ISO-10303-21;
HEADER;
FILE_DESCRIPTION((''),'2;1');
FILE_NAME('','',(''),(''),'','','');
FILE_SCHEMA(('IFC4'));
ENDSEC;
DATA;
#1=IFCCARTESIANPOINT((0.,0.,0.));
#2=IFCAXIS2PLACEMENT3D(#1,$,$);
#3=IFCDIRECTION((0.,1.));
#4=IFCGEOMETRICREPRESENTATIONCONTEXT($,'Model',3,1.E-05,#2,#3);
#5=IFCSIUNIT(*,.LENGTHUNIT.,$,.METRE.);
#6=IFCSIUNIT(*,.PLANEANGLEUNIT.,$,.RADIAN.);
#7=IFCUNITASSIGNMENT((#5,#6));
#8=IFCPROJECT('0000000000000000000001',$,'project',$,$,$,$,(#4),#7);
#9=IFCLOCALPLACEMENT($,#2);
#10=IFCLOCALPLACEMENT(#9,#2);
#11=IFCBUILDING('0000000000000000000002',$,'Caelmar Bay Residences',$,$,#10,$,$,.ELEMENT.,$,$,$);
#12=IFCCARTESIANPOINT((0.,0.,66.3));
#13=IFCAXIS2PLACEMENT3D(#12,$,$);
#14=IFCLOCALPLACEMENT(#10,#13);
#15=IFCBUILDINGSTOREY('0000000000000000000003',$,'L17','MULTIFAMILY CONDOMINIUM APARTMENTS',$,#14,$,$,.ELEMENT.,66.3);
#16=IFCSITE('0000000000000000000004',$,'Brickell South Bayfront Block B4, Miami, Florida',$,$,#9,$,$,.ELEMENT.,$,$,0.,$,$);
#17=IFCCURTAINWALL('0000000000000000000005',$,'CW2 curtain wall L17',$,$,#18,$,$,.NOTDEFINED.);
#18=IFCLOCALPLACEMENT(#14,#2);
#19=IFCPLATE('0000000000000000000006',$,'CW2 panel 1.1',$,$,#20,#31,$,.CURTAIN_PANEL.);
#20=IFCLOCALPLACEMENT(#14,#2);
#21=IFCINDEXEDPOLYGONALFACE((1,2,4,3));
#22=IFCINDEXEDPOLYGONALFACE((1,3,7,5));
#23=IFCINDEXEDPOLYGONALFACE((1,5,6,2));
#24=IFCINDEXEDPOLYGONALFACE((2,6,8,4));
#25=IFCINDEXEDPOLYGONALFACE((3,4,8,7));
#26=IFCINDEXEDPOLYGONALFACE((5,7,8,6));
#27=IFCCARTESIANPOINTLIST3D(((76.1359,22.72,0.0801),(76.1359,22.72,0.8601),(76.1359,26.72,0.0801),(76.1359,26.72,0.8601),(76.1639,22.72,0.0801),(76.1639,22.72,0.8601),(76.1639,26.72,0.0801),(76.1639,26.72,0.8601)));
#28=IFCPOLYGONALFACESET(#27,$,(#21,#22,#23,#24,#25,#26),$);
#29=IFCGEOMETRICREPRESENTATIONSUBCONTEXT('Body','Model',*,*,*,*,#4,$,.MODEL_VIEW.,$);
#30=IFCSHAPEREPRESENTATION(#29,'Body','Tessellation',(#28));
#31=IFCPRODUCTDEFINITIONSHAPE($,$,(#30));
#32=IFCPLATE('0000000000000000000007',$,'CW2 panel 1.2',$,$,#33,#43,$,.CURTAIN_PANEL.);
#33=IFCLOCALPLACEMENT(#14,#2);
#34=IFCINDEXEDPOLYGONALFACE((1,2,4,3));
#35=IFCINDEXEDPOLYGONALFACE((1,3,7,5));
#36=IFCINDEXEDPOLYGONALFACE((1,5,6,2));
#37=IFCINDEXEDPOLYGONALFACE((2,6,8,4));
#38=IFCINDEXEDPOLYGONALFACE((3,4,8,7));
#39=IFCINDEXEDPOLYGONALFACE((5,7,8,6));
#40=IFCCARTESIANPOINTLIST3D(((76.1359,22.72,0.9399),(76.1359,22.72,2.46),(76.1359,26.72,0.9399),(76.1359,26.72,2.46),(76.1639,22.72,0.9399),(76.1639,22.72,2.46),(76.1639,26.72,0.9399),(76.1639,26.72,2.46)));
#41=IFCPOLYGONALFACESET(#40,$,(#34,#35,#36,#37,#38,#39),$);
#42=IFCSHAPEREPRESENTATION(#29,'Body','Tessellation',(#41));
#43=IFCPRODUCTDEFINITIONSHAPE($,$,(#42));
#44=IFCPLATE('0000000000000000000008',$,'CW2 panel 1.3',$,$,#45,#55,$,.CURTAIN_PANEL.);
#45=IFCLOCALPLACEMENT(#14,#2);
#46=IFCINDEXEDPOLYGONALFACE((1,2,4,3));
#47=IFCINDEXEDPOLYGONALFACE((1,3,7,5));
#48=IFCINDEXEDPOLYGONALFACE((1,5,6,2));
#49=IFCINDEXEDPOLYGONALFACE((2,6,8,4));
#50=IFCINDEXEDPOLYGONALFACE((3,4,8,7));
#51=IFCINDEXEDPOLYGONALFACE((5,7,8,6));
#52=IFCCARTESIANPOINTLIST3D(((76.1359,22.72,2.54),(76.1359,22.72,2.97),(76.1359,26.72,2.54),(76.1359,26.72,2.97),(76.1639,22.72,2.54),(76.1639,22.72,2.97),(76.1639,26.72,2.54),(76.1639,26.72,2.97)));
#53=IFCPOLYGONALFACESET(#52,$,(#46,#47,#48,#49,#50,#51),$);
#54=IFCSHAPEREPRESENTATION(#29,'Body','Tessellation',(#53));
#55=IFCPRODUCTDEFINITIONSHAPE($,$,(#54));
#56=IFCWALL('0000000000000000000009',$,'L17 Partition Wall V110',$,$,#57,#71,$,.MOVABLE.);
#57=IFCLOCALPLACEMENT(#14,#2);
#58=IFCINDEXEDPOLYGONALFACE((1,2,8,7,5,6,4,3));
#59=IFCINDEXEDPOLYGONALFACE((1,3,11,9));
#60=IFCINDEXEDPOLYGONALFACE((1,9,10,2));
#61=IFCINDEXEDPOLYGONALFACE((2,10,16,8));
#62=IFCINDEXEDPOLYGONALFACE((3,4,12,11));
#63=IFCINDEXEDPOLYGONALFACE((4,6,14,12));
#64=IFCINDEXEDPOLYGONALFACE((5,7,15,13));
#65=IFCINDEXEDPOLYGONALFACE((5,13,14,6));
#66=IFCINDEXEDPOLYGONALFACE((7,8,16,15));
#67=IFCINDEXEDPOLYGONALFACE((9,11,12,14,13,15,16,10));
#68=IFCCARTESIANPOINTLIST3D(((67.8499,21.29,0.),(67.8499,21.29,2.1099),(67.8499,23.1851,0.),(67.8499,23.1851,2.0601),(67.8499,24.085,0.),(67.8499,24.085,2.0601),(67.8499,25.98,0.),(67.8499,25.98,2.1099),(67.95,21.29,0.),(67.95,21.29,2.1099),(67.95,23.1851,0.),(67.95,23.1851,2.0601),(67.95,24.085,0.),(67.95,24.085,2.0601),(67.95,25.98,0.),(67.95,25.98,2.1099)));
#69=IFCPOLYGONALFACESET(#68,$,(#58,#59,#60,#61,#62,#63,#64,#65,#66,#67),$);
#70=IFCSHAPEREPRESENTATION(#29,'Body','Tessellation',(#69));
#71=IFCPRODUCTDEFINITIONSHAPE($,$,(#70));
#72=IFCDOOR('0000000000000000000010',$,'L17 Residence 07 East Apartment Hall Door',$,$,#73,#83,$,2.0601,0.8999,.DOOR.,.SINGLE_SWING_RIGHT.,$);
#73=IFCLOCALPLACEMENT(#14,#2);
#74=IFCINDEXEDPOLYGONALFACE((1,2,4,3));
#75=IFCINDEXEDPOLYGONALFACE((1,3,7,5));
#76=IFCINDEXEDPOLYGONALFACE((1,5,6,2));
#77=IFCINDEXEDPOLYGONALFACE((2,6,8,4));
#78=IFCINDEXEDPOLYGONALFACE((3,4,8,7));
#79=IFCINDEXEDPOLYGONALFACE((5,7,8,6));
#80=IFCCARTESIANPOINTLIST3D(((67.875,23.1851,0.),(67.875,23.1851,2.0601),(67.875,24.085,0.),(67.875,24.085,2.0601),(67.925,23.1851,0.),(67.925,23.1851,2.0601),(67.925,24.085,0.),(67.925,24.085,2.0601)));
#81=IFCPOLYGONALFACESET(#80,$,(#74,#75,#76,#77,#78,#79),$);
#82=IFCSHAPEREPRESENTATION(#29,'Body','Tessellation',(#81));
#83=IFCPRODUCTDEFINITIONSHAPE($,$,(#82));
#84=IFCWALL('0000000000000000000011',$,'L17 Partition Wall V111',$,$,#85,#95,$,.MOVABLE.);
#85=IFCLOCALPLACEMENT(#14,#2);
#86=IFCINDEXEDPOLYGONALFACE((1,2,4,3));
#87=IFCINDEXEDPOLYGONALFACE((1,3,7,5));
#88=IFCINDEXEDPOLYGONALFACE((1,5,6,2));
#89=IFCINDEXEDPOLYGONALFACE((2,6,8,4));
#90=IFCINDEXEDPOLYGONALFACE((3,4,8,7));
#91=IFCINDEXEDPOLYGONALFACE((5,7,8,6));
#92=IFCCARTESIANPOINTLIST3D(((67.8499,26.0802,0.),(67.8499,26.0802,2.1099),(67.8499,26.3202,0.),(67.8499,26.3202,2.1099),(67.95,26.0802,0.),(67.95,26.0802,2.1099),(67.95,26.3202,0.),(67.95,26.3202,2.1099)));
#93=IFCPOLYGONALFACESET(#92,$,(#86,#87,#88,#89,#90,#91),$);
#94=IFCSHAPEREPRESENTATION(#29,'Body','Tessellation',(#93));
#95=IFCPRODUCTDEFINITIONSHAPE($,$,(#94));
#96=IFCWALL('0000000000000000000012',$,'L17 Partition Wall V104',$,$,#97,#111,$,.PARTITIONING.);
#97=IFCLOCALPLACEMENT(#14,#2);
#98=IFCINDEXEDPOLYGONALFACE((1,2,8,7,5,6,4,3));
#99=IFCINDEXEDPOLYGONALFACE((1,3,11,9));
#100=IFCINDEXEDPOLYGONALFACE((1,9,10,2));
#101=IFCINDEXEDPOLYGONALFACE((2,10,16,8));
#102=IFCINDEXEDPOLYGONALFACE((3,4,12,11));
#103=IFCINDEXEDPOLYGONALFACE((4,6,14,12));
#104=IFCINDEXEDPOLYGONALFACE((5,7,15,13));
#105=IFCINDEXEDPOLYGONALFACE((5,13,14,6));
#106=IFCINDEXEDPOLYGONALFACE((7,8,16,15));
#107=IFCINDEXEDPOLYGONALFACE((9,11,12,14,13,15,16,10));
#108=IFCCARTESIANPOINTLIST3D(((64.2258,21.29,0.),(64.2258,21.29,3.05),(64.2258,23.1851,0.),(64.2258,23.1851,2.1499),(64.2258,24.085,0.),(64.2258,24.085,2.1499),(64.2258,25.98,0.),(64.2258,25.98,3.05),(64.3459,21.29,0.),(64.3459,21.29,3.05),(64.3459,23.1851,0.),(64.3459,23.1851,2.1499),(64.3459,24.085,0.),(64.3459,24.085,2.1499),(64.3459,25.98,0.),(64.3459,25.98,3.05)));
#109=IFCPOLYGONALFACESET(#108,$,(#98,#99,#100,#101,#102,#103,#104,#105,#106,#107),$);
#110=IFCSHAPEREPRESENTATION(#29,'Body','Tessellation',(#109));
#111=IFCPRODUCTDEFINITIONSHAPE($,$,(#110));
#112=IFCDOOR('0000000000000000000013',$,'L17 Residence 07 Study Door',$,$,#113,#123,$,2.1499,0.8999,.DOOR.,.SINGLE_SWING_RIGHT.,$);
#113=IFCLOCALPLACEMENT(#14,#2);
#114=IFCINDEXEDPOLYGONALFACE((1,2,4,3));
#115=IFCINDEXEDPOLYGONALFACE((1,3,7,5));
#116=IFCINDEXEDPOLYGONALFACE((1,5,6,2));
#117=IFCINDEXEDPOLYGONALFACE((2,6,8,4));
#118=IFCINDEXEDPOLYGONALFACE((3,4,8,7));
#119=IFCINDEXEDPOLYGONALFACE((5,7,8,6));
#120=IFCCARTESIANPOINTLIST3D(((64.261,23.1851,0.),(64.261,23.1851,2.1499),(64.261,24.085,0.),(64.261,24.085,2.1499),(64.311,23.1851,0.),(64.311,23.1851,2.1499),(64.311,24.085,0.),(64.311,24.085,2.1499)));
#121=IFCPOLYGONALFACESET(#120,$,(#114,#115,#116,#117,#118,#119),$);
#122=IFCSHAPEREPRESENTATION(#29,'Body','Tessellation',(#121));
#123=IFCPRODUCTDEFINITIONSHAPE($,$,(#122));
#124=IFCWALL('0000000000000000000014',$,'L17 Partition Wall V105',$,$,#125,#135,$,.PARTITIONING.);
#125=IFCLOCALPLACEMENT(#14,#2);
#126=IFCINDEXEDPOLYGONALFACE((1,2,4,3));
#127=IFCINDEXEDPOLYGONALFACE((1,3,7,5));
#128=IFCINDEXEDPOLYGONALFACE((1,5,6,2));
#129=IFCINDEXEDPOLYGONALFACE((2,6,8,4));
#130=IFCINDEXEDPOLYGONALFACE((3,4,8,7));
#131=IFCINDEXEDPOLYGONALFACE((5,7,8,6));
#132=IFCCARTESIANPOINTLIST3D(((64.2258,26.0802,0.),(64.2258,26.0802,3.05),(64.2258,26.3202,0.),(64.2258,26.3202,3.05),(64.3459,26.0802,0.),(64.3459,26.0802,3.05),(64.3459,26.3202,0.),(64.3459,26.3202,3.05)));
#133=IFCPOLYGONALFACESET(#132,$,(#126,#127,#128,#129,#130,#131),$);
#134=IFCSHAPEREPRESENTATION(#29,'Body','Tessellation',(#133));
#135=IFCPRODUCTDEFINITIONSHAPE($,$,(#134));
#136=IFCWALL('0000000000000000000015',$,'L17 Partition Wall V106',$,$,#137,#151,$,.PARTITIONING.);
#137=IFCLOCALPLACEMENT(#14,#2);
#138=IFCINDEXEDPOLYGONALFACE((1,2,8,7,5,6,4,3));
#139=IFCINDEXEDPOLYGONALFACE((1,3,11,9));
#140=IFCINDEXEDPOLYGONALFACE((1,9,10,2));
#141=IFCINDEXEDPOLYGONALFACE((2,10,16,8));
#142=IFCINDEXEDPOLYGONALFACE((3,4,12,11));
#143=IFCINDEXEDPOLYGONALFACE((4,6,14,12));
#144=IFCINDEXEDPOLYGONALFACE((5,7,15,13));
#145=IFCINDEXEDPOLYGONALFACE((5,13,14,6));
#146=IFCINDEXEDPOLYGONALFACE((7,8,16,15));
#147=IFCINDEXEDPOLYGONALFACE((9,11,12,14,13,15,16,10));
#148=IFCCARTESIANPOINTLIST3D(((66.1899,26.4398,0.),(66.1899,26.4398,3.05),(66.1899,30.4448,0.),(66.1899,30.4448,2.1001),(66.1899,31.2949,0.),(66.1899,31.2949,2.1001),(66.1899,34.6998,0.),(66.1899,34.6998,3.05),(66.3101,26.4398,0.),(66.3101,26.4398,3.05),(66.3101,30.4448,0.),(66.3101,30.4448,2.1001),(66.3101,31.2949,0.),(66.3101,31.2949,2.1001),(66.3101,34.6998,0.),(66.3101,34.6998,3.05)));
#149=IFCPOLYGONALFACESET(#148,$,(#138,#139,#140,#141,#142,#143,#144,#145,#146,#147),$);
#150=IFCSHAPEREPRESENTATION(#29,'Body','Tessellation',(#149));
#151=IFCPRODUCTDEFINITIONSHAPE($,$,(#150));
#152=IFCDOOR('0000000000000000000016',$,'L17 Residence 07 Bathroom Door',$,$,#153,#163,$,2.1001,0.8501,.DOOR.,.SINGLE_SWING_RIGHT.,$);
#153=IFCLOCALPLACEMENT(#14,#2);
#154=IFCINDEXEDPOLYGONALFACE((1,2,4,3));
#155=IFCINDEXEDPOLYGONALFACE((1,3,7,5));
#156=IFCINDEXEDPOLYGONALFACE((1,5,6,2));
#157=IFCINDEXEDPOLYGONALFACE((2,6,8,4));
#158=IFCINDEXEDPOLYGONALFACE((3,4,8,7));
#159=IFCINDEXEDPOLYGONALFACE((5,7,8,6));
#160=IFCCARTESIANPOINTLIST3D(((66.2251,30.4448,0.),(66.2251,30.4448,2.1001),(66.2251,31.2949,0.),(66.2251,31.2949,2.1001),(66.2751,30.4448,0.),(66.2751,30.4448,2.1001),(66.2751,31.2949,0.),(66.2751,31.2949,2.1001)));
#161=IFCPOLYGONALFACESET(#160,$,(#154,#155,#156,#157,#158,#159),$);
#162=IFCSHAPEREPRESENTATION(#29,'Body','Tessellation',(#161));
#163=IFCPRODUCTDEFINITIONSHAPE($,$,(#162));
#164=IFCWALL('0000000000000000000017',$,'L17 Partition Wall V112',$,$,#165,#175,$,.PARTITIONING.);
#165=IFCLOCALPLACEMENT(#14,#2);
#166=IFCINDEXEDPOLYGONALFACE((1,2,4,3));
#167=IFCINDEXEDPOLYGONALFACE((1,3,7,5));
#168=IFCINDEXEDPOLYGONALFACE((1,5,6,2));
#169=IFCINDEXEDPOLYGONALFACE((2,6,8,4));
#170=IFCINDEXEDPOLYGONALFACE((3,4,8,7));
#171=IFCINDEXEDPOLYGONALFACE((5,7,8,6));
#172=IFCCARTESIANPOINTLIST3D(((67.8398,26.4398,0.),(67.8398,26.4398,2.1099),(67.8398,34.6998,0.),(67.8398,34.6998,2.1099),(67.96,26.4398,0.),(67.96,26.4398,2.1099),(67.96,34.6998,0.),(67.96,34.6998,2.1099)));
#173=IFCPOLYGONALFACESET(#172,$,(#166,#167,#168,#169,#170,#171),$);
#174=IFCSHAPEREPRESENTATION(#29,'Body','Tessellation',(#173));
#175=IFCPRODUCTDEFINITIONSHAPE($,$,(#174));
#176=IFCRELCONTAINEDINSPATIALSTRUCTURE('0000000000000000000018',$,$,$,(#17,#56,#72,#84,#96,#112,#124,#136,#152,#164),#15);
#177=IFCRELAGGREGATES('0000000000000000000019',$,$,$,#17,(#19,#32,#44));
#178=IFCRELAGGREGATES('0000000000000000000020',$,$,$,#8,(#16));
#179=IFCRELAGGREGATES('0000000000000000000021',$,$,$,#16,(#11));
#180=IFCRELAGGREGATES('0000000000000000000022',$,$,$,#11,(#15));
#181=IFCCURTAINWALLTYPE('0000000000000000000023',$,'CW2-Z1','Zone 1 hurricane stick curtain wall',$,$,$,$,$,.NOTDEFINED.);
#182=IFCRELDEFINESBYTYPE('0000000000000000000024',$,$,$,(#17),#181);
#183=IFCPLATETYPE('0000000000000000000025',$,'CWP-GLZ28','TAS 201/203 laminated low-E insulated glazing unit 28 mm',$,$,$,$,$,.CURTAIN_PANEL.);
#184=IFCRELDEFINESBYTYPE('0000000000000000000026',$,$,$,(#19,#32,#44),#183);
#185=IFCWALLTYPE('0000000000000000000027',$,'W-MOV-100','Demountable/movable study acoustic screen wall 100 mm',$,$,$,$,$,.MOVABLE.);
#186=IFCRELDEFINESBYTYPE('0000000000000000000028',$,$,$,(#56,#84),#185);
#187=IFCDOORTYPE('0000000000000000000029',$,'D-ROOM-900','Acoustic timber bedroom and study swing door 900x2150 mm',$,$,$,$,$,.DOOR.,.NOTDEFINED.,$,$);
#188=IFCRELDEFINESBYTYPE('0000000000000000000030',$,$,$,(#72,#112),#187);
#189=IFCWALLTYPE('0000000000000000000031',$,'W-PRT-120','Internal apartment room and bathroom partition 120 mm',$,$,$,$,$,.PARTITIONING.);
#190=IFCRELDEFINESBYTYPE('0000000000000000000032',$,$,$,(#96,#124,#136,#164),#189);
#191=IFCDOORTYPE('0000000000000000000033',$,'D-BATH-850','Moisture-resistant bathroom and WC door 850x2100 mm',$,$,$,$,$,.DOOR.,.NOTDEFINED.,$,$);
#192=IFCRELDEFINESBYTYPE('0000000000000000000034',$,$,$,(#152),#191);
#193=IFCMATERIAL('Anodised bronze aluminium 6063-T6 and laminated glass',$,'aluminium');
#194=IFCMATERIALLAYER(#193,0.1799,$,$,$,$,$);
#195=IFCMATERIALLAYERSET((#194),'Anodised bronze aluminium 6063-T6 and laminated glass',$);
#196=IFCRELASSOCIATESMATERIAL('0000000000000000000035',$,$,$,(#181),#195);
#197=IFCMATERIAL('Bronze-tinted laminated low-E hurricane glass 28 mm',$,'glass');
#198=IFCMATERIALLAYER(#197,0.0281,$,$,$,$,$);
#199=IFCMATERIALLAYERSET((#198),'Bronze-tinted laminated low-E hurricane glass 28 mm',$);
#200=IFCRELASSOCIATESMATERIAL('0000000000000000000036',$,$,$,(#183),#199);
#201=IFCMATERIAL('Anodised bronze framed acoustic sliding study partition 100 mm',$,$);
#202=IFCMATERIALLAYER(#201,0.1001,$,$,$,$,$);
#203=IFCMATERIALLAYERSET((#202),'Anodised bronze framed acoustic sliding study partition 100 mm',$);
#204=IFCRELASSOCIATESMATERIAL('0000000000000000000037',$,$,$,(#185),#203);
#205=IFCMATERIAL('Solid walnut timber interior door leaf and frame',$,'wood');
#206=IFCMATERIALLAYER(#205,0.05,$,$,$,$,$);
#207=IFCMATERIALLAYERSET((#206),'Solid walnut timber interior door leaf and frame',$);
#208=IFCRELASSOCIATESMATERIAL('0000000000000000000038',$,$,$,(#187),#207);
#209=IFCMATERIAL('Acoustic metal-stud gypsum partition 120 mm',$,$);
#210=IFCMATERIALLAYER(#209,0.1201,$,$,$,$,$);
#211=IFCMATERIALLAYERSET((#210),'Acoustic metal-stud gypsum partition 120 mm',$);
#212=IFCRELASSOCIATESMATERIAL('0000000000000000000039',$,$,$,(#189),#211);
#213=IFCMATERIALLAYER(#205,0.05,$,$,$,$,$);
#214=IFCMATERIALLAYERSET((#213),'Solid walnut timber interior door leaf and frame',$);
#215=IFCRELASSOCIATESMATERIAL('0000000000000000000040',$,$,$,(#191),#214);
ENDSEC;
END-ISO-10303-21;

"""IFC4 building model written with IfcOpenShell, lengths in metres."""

from ifc_helpers import new_model, si_unit, direction, frame, frame_2d, origin, origin_2d, place, context, subcontext, project, spatial, rectangle, extrude, material, layer, layer_set, type_object, element, fill, aggregate, save


model = new_model("IFC4")

# Units and contexts
model_context = context("Model", 3, precision=1e-05, world=origin(), true_north=direction((0.0, 1.0)))
body_context = subcontext(model_context, "Body", "Model", "MODEL_VIEW")
ifc_project = project(units=[si_unit("LENGTHUNIT", "METRE"), si_unit("PLANEANGLEUNIT", "RADIAN")], contexts=[model_context])

# Site, building, storey
site_placement = place(None, origin())
site = spatial("IfcSite", under=ifc_project, at=site_placement, Name="Brickell South Bayfront Block B4, Miami, Florida", CompositionType="ELEMENT", RefElevation=0.0)
building_placement = place(site_placement, origin())
building = spatial("IfcBuilding", under=site, at=building_placement, Name="Caelmar Bay Residences", CompositionType="ELEMENT")
storey_placement = place(building_placement, frame((0.0, 0.0, 66.3)))
storey = spatial("IfcBuildingStorey", under=building, at=storey_placement, Name="L17", Description="MULTIFAMILY CONDOMINIUM APARTMENTS", CompositionType="ELEMENT", Elevation=66.3)

# Curtain wall, plates
ifc_material_1 = material(Name="Anodised bronze aluminium 6063-T6 and laminated glass", Category="aluminium")
ifc_layer_1 = layer(ifc_material_1, 0.1799)
ifc_layer_set_1 = layer_set([ifc_layer_1], Name="Anodised bronze aluminium 6063-T6 and laminated glass")
curtain_wall_type = type_object("IfcCurtainWallType", Name="CW2-Z1", Description="Zone 1 hurricane stick curtain wall", PredefinedType="NOTDEFINED", material=ifc_layer_set_1)
curtain_wall_placement = place(storey_placement, origin())
curtain_wall = element("IfcCurtainWall", 1, at=curtain_wall_placement, inside=storey, type_object=curtain_wall_type, Name="CW2 curtain wall L17", PredefinedType="NOTDEFINED")
ifc_material_2 = material(Name="Bronze-tinted laminated low-E hurricane glass 28 mm", Category="glass")
ifc_layer_2 = layer(ifc_material_2, 0.0281)
ifc_layer_set_2 = layer_set([ifc_layer_2], Name="Bronze-tinted laminated low-E hurricane glass 28 mm")
plate_type = type_object("IfcPlateType", Name="CWP-GLZ28", Description="TAS 201/203 laminated low-E insulated glazing unit 28 mm", PredefinedType="CURTAIN_PANEL", material=ifc_layer_set_2)
plate_1_placement = place(storey_placement, frame((76.1499, 24.72, 0.0801), z_axis=(0.0, 0.0, 1.0), x_axis=(0.0, -1.0, 0.0)))
plate_1 = element("IfcPlate", 2, at=plate_1_placement, type_object=plate_type, Name="CW2 panel 1.1", PredefinedType="CURTAIN_PANEL", context=body_context, shape_type="SweptSolid", body=[
    extrude(rectangle(XDim=4.0, YDim=0.0281, at=origin_2d()), origin(), (0.0, 0.0, 1.0), 0.78),
])
plate_2_placement = place(storey_placement, frame((76.1499, 24.72, 0.9399), z_axis=(0.0, 0.0, 1.0), x_axis=(0.0, -1.0, 0.0)))
plate_2 = element("IfcPlate", 3, at=plate_2_placement, type_object=plate_type, Name="CW2 panel 1.2", PredefinedType="CURTAIN_PANEL", context=body_context, shape_type="SweptSolid", body=[
    extrude(rectangle(XDim=4.0, YDim=0.0281, at=origin_2d()), origin(), (0.0, 0.0, 1.0), 1.52),
])
plate_3_placement = place(storey_placement, frame((76.1499, 24.72, 2.54), z_axis=(0.0, 0.0, 1.0), x_axis=(0.0, -1.0, 0.0)))
plate_3 = element("IfcPlate", 4, at=plate_3_placement, type_object=plate_type, Name="CW2 panel 1.3", PredefinedType="CURTAIN_PANEL", context=body_context, shape_type="SweptSolid", body=[
    extrude(rectangle(XDim=4.0, YDim=0.0281, at=origin_2d()), origin(), (0.0, 0.0, 1.0), 0.4299),
])
aggregate(curtain_wall, [plate_1, plate_2, plate_3])

# Wall, opening, door
ifc_material_3 = material(Name="Anodised bronze framed acoustic sliding study partition 100 mm")
ifc_layer_3 = layer(ifc_material_3, 0.1001)
ifc_layer_set_3 = layer_set([ifc_layer_3], Name="Anodised bronze framed acoustic sliding study partition 100 mm")
wall_type_1 = type_object("IfcWallType", Name="W-MOV-100", Description="Demountable/movable study acoustic screen wall 100 mm", PredefinedType="MOVABLE", material=ifc_layer_set_3)
wall_1_placement = place(storey_placement, frame((67.8999, 21.29, 0.0), z_axis=(0.0, 0.0, 1.0), x_axis=(0.0, 1.0, 0.0)))
wall_1 = element("IfcWall", 5, at=wall_1_placement, inside=storey, type_object=wall_type_1, Name="L17 Partition Wall V110", PredefinedType="MOVABLE", context=body_context, shape_type="SweptSolid", body=[
    extrude(rectangle(XDim=4.6899, YDim=0.1001, at=frame_2d((2.345, 0.0))), origin(), (0.0, 0.0, 1.0), 2.1099),
])
opening_1_placement = place(wall_1_placement, frame((1.895, 0.0, 0.0)))
opening_1 = element("IfcOpeningElement", 6, at=opening_1_placement, cuts=wall_1, PredefinedType="OPENING", context=body_context, shape_type="SweptSolid", body=[
    extrude(rectangle(XDim=0.8999, YDim=2.0601, at=frame_2d((0.45, 1.03))), frame((0.0, 0.0601, 0.0), z_axis=(0.0, -1.0, 0.0), x_axis=(1.0, 0.0, 0.0)), (0.0, 0.0, 1.0), 0.1201),
])
ifc_material_4 = material(Name="Solid walnut timber interior door leaf and frame", Category="wood")
ifc_layer_4 = layer(ifc_material_4, 0.05)
ifc_layer_set_4 = layer_set([ifc_layer_4], Name="Solid walnut timber interior door leaf and frame")
door_type_1 = type_object("IfcDoorType", Name="D-ROOM-900", Description="Acoustic timber bedroom and study swing door 900x2150 mm", OperationType="NOTDEFINED", PredefinedType="DOOR", material=ifc_layer_set_4)
door_1_placement = place(opening_1_placement, origin())
door_1 = element("IfcDoor", 7, at=door_1_placement, inside=storey, type_object=door_type_1, Name="L17 Residence 07 East Apartment Hall Door", OperationType="SINGLE_SWING_RIGHT", OverallHeight=2.0601, OverallWidth=0.8999, PredefinedType="DOOR", context=body_context, shape_type="SweptSolid", body=[
    extrude(rectangle(XDim=0.8999, YDim=2.0601, at=frame_2d((0.45, 1.03))), frame((0.0, 0.0249, 0.0), z_axis=(0.0, -1.0, 0.0), x_axis=(1.0, 0.0, 0.0)), (0.0, 0.0, 1.0), 0.05),
])
fill(opening_1, door_1)

# Wall
wall_2_placement = place(storey_placement, frame((67.8999, 26.0801, 0.0), z_axis=(0.0, 0.0, 1.0), x_axis=(0.0, 1.0, 0.0)))
element("IfcWall", 8, at=wall_2_placement, inside=storey, type_object=wall_type_1, Name="L17 Partition Wall V111", PredefinedType="MOVABLE", context=body_context, shape_type="SweptSolid", body=[
    extrude(rectangle(XDim=0.24, YDim=0.1001, at=frame_2d((0.1201, 0.0))), origin(), (0.0, 0.0, 1.0), 2.1099),
])

# Wall, opening, door
ifc_material_5 = material(Name="Acoustic metal-stud gypsum partition 120 mm")
ifc_layer_5 = layer(ifc_material_5, 0.1201)
ifc_layer_set_5 = layer_set([ifc_layer_5], Name="Acoustic metal-stud gypsum partition 120 mm")
wall_type_2 = type_object("IfcWallType", Name="W-PRT-120", Description="Internal apartment room and bathroom partition 120 mm", PredefinedType="PARTITIONING", material=ifc_layer_set_5)
wall_3_placement = place(storey_placement, frame((64.2859, 21.29, 0.0), z_axis=(0.0, 0.0, 1.0), x_axis=(0.0, 1.0, 0.0)))
wall_3 = element("IfcWall", 9, at=wall_3_placement, inside=storey, type_object=wall_type_2, Name="L17 Partition Wall V104", PredefinedType="PARTITIONING", context=body_context, shape_type="SweptSolid", body=[
    extrude(rectangle(XDim=4.6899, YDim=0.1201, at=frame_2d((2.345, 0.0))), origin(), (0.0, 0.0, 1.0), 3.05),
])
opening_2_placement = place(wall_3_placement, frame((1.895, 0.0, 0.0)))
opening_2 = element("IfcOpeningElement", 10, at=opening_2_placement, cuts=wall_3, PredefinedType="OPENING", context=body_context, shape_type="SweptSolid", body=[
    extrude(rectangle(XDim=0.8999, YDim=2.1499, at=frame_2d((0.45, 1.075))), frame((0.0, 0.0701, 0.0), z_axis=(0.0, -1.0, 0.0), x_axis=(1.0, 0.0, 0.0)), (0.0, 0.0, 1.0), 0.1401),
])
door_2_placement = place(opening_2_placement, origin())
door_2 = element("IfcDoor", 11, at=door_2_placement, inside=storey, type_object=door_type_1, Name="L17 Residence 07 Study Door", OperationType="SINGLE_SWING_RIGHT", OverallHeight=2.1499, OverallWidth=0.8999, PredefinedType="DOOR", context=body_context, shape_type="SweptSolid", body=[
    extrude(rectangle(XDim=0.8999, YDim=2.1499, at=frame_2d((0.45, 1.075))), frame((0.0, 0.0249, 0.0), z_axis=(0.0, -1.0, 0.0), x_axis=(1.0, 0.0, 0.0)), (0.0, 0.0, 1.0), 0.05),
])
fill(opening_2, door_2)

# Wall
wall_4_placement = place(storey_placement, frame((64.2859, 26.0801, 0.0), z_axis=(0.0, 0.0, 1.0), x_axis=(0.0, 1.0, 0.0)))
element("IfcWall", 12, at=wall_4_placement, inside=storey, type_object=wall_type_2, Name="L17 Partition Wall V105", PredefinedType="PARTITIONING", context=body_context, shape_type="SweptSolid", body=[
    extrude(rectangle(XDim=0.24, YDim=0.1201, at=frame_2d((0.1201, 0.0))), origin(), (0.0, 0.0, 1.0), 3.05),
])

# Wall, opening, door
wall_5_placement = place(storey_placement, frame((66.25, 26.4399, 0.0), z_axis=(0.0, 0.0, 1.0), x_axis=(0.0, 1.0, 0.0)))
wall_5 = element("IfcWall", 13, at=wall_5_placement, inside=storey, type_object=wall_type_2, Name="L17 Partition Wall V106", PredefinedType="PARTITIONING", context=body_context, shape_type="SweptSolid", body=[
    extrude(rectangle(XDim=8.26, YDim=0.1201, at=frame_2d((4.1299, 0.0))), origin(), (0.0, 0.0, 1.0), 3.05),
])
opening_3_placement = place(wall_5_placement, frame((4.0049, 0.0, 0.0)))
opening_3 = element("IfcOpeningElement", 14, at=opening_3_placement, cuts=wall_5, PredefinedType="OPENING", context=body_context, shape_type="SweptSolid", body=[
    extrude(rectangle(XDim=0.8501, YDim=2.1001, at=frame_2d((0.425, 1.05))), frame((0.0, 0.0701, 0.0), z_axis=(0.0, -1.0, 0.0), x_axis=(1.0, 0.0, 0.0)), (0.0, 0.0, 1.0), 0.1401),
])
ifc_layer_6 = layer(ifc_material_4, 0.05)
ifc_layer_set_6 = layer_set([ifc_layer_6], Name="Solid walnut timber interior door leaf and frame")
door_type_2 = type_object("IfcDoorType", Name="D-BATH-850", Description="Moisture-resistant bathroom and WC door 850x2100 mm", OperationType="NOTDEFINED", PredefinedType="DOOR", material=ifc_layer_set_6)
door_3_placement = place(opening_3_placement, origin())
door_3 = element("IfcDoor", 15, at=door_3_placement, inside=storey, type_object=door_type_2, Name="L17 Residence 07 Bathroom Door", OperationType="SINGLE_SWING_RIGHT", OverallHeight=2.1001, OverallWidth=0.8501, PredefinedType="DOOR", context=body_context, shape_type="SweptSolid", body=[
    extrude(rectangle(XDim=0.8501, YDim=2.1001, at=frame_2d((0.425, 1.05))), frame((0.0, 0.0249, 0.0), z_axis=(0.0, -1.0, 0.0), x_axis=(1.0, 0.0, 0.0)), (0.0, 0.0, 1.0), 0.05),
])
fill(opening_3, door_3)

# Wall
wall_6_placement = place(storey_placement, frame((67.8999, 26.4399, 0.0), z_axis=(0.0, 0.0, 1.0), x_axis=(0.0, 1.0, 0.0)))
element("IfcWall", 16, at=wall_6_placement, inside=storey, type_object=wall_type_2, Name="L17 Partition Wall V112", PredefinedType="PARTITIONING", context=body_context, shape_type="SweptSolid", body=[
    extrude(rectangle(XDim=8.26, YDim=0.1201, at=frame_2d((4.1299, 0.0))), origin(), (0.0, 0.0, 1.0), 2.1099),
])

save(model, "model.ifc")
